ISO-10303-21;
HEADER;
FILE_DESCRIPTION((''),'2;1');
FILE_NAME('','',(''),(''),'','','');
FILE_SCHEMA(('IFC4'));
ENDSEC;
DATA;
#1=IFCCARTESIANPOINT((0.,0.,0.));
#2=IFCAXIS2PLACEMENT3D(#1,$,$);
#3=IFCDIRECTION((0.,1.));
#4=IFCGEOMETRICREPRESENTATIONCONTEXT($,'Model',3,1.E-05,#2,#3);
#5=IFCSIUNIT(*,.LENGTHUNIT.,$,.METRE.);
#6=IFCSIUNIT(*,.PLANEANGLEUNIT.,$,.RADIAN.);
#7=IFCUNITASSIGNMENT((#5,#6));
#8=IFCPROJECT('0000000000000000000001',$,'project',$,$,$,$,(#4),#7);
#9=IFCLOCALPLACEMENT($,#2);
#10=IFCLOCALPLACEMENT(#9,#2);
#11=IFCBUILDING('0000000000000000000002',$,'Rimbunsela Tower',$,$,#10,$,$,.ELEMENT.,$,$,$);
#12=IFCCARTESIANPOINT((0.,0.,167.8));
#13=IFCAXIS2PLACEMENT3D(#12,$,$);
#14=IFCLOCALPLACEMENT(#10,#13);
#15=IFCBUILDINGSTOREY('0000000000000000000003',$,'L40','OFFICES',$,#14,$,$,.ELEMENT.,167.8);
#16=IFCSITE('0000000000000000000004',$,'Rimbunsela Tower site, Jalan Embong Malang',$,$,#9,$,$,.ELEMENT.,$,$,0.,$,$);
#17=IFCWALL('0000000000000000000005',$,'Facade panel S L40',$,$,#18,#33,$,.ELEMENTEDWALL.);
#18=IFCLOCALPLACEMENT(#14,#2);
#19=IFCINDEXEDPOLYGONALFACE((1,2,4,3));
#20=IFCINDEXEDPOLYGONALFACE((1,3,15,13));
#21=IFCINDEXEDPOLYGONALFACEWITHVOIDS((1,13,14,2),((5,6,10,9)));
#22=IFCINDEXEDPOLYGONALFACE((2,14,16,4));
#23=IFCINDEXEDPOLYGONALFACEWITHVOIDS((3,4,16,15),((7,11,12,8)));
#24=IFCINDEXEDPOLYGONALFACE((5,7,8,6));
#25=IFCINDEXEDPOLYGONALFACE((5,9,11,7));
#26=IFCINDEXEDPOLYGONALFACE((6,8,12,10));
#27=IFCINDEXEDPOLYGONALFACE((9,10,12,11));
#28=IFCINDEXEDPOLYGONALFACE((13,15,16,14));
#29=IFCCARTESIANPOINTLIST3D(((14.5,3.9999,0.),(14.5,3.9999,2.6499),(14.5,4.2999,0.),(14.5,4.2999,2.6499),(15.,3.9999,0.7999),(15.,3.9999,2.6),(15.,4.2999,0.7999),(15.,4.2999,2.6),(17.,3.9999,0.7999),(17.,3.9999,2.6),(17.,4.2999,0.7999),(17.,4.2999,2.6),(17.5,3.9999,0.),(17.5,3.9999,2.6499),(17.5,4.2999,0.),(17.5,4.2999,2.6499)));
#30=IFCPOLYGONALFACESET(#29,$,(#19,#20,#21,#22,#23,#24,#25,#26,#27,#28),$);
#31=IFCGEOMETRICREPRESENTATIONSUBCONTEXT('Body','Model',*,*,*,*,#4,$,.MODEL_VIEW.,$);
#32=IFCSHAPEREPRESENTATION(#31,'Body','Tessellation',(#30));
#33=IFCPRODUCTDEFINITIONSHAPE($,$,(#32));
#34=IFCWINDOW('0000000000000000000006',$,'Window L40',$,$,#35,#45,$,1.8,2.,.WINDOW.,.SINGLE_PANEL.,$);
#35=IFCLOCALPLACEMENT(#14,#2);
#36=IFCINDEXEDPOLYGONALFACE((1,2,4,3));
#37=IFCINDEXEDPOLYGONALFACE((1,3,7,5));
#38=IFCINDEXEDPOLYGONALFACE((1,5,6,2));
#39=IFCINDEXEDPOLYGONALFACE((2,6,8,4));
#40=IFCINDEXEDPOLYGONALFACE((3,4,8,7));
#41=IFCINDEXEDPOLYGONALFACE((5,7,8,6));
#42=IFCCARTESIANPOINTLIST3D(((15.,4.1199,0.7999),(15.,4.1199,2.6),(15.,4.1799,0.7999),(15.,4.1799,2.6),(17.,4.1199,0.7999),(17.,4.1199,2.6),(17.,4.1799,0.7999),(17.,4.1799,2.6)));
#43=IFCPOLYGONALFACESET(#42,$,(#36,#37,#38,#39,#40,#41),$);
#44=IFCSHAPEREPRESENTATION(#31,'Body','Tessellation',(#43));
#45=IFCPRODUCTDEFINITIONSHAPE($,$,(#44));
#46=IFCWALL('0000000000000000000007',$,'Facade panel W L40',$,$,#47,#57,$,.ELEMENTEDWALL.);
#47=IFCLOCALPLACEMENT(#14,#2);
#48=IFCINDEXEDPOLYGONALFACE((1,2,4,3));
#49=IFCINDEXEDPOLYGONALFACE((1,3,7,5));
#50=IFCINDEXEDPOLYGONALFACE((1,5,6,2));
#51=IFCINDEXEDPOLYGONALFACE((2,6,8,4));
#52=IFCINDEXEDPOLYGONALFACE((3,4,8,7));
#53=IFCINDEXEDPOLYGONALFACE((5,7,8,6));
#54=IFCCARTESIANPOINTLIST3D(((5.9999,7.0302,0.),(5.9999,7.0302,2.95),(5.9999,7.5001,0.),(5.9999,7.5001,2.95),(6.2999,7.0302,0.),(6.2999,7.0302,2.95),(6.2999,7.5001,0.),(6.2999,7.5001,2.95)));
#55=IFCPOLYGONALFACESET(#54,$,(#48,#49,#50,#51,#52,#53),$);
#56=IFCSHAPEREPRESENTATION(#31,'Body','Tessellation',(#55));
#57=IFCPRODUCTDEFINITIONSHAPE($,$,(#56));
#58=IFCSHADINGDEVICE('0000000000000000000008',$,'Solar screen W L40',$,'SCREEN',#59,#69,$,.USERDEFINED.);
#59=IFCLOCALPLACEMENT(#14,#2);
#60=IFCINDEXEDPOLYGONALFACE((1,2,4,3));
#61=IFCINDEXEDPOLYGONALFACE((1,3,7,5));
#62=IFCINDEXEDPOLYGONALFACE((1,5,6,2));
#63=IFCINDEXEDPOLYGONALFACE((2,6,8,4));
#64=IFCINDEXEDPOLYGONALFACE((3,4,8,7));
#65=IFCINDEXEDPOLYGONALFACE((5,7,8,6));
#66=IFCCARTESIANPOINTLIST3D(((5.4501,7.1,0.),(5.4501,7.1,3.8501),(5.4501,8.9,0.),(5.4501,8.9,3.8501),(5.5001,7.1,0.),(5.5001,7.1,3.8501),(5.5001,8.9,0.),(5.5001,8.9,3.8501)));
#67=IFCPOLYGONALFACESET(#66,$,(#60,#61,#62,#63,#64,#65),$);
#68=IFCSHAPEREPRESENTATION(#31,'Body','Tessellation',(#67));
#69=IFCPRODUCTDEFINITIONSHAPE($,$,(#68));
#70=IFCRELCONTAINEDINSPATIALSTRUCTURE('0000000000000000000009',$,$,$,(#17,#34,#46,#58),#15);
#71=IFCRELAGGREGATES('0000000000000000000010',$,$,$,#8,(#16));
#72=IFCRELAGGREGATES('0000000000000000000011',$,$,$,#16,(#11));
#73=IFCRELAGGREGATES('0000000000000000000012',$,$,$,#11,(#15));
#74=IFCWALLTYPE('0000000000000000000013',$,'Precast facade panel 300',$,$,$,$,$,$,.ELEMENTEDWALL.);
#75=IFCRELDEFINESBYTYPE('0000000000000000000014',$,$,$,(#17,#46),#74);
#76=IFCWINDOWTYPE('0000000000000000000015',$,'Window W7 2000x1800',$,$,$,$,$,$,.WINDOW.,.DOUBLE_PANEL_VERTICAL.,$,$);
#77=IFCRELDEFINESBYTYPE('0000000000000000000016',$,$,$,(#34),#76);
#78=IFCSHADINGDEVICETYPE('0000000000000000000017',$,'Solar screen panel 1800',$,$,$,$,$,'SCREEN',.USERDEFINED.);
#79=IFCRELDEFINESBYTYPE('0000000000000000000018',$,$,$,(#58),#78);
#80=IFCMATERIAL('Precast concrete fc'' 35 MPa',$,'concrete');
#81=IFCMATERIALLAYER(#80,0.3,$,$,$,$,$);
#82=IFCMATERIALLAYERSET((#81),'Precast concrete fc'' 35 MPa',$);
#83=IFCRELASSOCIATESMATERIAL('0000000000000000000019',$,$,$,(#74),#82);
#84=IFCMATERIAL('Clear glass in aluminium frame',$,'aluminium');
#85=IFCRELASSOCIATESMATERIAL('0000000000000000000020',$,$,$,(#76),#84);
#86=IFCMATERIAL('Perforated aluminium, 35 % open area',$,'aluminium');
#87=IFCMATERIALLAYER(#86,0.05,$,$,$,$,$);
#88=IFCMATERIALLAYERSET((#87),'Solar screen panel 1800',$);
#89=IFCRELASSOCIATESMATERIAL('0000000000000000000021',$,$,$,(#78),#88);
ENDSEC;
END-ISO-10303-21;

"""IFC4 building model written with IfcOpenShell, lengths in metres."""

from ifc_helpers import new_model, si_unit, direction, frame, frame_2d, origin, origin_2d, place, context, subcontext, project, spatial, rectangle, extrude, material, layer, layer_set, type_object, element, fill, save


model = new_model("IFC4")

# Units and contexts
model_context = context("Model", 3, precision=1e-05, world=origin(), true_north=direction((0.0, 1.0)))
body_context = subcontext(model_context, "Body", "Model", "MODEL_VIEW")
ifc_project = project(units=[si_unit("LENGTHUNIT", "METRE"), si_unit("PLANEANGLEUNIT", "RADIAN")], contexts=[model_context])

# Site, building, storey
site_placement = place(None, origin())
site = spatial("IfcSite", under=ifc_project, at=site_placement, Name="Rimbunsela Tower site, Jalan Embong Malang", CompositionType="ELEMENT", RefElevation=0.0)
building_placement = place(site_placement, origin())
building = spatial("IfcBuilding", under=site, at=building_placement, Name="Rimbunsela Tower", CompositionType="ELEMENT")
storey_placement = place(building_placement, frame((0.0, 0.0, 167.8)))
storey = spatial("IfcBuildingStorey", under=building, at=storey_placement, Name="L40", Description="OFFICES", CompositionType="ELEMENT", Elevation=167.8)

# Shared definitions
ifc_material_1 = material(Name="Precast concrete fc' 35 MPa", Category="concrete")
ifc_layer_1 = layer(ifc_material_1, 0.3)
ifc_layer_set_1 = layer_set([ifc_layer_1], Name="Precast concrete fc' 35 MPa")
wall_type_1 = type_object("IfcWallType", Name="Precast facade panel 300", PredefinedType="ELEMENTEDWALL", material=ifc_layer_set_1)

# Wall, opening, window
ifc_material_2 = material(Name="Clear glass in aluminium frame", Category="aluminium")
window_type = type_object("IfcWindowType", Name="Window W7 2000x1800", PartitioningType="DOUBLE_PANEL_VERTICAL", PredefinedType="WINDOW", material=ifc_material_2)
wall_1_placement = place(storey_placement, frame((14.5, 4.1499, 0.0), z_axis=(0.0, 0.0, 1.0), x_axis=(1.0, 0.0, 0.0)))
wall_1 = element("IfcWall", 1, at=wall_1_placement, inside=storey, type_object=wall_type_1, Name="Facade panel S L40", PredefinedType="ELEMENTEDWALL", context=body_context, shape_type="SweptSolid", body=[
    extrude(rectangle(XDim=3.0, YDim=0.3, at=frame_2d((1.5, 0.0))), origin(), (0.0, 0.0, 1.0), 2.6499),
])
opening_1_placement = place(wall_1_placement, frame((0.5, 0.0, 0.8)))
opening_1 = element("IfcOpeningElement", 2, at=opening_1_placement, cuts=wall_1, PredefinedType="OPENING", context=body_context, shape_type="SweptSolid", body=[
    extrude(rectangle(XDim=2.0, YDim=1.8, at=frame_2d((1.0, 0.8999))), frame((0.0, 0.1599, 0.0), z_axis=(0.0, -1.0, 0.0), x_axis=(1.0, 0.0, 0.0)), (0.0, 0.0, 1.0), 0.3201),
])
window_1_placement = place(opening_1_placement, origin())
window_1 = element("IfcWindow", 3, at=window_1_placement, inside=storey, type_object=window_type, Name="Window L40", OverallHeight=1.8, OverallWidth=2.0, PartitioningType="SINGLE_PANEL", PredefinedType="WINDOW", context=body_context, shape_type="SweptSolid", body=[
    extrude(rectangle(XDim=2.0, YDim=1.8, at=frame_2d((1.0, 0.8999))), frame((0.0, 0.03, 0.0), z_axis=(0.0, -1.0, 0.0), x_axis=(1.0, 0.0, 0.0)), (0.0, 0.0, 1.0), 0.0601),
])
fill(opening_1, window_1)

# Wall
wall_2_placement = place(storey_placement, frame((6.1499, 7.5, 0.0), z_axis=(0.0, 0.0, 1.0), x_axis=(0.0, -1.0, 0.0)))
element("IfcWall", 4, at=wall_2_placement, inside=storey, type_object=wall_type_1, Name="Facade panel W L40", PredefinedType="ELEMENTEDWALL", context=body_context, shape_type="SweptSolid", body=[
    extrude(rectangle(XDim=0.47, YDim=0.3, at=frame_2d((0.2349, 0.0))), origin(), (0.0, 0.0, 1.0), 2.95),
])

# Shading device
ifc_material_3 = material(Name="Perforated aluminium, 35 % open area", Category="aluminium")
ifc_layer_2 = layer(ifc_material_3, 0.05)
ifc_layer_set_2 = layer_set([ifc_layer_2], Name="Solar screen panel 1800")
shading_device_type = type_object("IfcShadingDeviceType", Name="Solar screen panel 1800", ElementType="SCREEN", PredefinedType="USERDEFINED", material=ifc_layer_set_2)
shading_device_placement = place(storey_placement, frame((5.4751, 8.0, 0.0), z_axis=(0.0, 0.0, 1.0), x_axis=(0.0, 1.0, 0.0)))
element("IfcShadingDevice", 5, at=shading_device_placement, inside=storey, type_object=shading_device_type, Name="Solar screen W L40", ObjectType="SCREEN", PredefinedType="USERDEFINED", context=body_context, shape_type="SweptSolid", body=[
    extrude(rectangle(XDim=1.8, YDim=0.05, at=origin_2d()), origin(), (0.0, 0.0, 1.0), 3.8501),
])

save(model, "model.ifc")
